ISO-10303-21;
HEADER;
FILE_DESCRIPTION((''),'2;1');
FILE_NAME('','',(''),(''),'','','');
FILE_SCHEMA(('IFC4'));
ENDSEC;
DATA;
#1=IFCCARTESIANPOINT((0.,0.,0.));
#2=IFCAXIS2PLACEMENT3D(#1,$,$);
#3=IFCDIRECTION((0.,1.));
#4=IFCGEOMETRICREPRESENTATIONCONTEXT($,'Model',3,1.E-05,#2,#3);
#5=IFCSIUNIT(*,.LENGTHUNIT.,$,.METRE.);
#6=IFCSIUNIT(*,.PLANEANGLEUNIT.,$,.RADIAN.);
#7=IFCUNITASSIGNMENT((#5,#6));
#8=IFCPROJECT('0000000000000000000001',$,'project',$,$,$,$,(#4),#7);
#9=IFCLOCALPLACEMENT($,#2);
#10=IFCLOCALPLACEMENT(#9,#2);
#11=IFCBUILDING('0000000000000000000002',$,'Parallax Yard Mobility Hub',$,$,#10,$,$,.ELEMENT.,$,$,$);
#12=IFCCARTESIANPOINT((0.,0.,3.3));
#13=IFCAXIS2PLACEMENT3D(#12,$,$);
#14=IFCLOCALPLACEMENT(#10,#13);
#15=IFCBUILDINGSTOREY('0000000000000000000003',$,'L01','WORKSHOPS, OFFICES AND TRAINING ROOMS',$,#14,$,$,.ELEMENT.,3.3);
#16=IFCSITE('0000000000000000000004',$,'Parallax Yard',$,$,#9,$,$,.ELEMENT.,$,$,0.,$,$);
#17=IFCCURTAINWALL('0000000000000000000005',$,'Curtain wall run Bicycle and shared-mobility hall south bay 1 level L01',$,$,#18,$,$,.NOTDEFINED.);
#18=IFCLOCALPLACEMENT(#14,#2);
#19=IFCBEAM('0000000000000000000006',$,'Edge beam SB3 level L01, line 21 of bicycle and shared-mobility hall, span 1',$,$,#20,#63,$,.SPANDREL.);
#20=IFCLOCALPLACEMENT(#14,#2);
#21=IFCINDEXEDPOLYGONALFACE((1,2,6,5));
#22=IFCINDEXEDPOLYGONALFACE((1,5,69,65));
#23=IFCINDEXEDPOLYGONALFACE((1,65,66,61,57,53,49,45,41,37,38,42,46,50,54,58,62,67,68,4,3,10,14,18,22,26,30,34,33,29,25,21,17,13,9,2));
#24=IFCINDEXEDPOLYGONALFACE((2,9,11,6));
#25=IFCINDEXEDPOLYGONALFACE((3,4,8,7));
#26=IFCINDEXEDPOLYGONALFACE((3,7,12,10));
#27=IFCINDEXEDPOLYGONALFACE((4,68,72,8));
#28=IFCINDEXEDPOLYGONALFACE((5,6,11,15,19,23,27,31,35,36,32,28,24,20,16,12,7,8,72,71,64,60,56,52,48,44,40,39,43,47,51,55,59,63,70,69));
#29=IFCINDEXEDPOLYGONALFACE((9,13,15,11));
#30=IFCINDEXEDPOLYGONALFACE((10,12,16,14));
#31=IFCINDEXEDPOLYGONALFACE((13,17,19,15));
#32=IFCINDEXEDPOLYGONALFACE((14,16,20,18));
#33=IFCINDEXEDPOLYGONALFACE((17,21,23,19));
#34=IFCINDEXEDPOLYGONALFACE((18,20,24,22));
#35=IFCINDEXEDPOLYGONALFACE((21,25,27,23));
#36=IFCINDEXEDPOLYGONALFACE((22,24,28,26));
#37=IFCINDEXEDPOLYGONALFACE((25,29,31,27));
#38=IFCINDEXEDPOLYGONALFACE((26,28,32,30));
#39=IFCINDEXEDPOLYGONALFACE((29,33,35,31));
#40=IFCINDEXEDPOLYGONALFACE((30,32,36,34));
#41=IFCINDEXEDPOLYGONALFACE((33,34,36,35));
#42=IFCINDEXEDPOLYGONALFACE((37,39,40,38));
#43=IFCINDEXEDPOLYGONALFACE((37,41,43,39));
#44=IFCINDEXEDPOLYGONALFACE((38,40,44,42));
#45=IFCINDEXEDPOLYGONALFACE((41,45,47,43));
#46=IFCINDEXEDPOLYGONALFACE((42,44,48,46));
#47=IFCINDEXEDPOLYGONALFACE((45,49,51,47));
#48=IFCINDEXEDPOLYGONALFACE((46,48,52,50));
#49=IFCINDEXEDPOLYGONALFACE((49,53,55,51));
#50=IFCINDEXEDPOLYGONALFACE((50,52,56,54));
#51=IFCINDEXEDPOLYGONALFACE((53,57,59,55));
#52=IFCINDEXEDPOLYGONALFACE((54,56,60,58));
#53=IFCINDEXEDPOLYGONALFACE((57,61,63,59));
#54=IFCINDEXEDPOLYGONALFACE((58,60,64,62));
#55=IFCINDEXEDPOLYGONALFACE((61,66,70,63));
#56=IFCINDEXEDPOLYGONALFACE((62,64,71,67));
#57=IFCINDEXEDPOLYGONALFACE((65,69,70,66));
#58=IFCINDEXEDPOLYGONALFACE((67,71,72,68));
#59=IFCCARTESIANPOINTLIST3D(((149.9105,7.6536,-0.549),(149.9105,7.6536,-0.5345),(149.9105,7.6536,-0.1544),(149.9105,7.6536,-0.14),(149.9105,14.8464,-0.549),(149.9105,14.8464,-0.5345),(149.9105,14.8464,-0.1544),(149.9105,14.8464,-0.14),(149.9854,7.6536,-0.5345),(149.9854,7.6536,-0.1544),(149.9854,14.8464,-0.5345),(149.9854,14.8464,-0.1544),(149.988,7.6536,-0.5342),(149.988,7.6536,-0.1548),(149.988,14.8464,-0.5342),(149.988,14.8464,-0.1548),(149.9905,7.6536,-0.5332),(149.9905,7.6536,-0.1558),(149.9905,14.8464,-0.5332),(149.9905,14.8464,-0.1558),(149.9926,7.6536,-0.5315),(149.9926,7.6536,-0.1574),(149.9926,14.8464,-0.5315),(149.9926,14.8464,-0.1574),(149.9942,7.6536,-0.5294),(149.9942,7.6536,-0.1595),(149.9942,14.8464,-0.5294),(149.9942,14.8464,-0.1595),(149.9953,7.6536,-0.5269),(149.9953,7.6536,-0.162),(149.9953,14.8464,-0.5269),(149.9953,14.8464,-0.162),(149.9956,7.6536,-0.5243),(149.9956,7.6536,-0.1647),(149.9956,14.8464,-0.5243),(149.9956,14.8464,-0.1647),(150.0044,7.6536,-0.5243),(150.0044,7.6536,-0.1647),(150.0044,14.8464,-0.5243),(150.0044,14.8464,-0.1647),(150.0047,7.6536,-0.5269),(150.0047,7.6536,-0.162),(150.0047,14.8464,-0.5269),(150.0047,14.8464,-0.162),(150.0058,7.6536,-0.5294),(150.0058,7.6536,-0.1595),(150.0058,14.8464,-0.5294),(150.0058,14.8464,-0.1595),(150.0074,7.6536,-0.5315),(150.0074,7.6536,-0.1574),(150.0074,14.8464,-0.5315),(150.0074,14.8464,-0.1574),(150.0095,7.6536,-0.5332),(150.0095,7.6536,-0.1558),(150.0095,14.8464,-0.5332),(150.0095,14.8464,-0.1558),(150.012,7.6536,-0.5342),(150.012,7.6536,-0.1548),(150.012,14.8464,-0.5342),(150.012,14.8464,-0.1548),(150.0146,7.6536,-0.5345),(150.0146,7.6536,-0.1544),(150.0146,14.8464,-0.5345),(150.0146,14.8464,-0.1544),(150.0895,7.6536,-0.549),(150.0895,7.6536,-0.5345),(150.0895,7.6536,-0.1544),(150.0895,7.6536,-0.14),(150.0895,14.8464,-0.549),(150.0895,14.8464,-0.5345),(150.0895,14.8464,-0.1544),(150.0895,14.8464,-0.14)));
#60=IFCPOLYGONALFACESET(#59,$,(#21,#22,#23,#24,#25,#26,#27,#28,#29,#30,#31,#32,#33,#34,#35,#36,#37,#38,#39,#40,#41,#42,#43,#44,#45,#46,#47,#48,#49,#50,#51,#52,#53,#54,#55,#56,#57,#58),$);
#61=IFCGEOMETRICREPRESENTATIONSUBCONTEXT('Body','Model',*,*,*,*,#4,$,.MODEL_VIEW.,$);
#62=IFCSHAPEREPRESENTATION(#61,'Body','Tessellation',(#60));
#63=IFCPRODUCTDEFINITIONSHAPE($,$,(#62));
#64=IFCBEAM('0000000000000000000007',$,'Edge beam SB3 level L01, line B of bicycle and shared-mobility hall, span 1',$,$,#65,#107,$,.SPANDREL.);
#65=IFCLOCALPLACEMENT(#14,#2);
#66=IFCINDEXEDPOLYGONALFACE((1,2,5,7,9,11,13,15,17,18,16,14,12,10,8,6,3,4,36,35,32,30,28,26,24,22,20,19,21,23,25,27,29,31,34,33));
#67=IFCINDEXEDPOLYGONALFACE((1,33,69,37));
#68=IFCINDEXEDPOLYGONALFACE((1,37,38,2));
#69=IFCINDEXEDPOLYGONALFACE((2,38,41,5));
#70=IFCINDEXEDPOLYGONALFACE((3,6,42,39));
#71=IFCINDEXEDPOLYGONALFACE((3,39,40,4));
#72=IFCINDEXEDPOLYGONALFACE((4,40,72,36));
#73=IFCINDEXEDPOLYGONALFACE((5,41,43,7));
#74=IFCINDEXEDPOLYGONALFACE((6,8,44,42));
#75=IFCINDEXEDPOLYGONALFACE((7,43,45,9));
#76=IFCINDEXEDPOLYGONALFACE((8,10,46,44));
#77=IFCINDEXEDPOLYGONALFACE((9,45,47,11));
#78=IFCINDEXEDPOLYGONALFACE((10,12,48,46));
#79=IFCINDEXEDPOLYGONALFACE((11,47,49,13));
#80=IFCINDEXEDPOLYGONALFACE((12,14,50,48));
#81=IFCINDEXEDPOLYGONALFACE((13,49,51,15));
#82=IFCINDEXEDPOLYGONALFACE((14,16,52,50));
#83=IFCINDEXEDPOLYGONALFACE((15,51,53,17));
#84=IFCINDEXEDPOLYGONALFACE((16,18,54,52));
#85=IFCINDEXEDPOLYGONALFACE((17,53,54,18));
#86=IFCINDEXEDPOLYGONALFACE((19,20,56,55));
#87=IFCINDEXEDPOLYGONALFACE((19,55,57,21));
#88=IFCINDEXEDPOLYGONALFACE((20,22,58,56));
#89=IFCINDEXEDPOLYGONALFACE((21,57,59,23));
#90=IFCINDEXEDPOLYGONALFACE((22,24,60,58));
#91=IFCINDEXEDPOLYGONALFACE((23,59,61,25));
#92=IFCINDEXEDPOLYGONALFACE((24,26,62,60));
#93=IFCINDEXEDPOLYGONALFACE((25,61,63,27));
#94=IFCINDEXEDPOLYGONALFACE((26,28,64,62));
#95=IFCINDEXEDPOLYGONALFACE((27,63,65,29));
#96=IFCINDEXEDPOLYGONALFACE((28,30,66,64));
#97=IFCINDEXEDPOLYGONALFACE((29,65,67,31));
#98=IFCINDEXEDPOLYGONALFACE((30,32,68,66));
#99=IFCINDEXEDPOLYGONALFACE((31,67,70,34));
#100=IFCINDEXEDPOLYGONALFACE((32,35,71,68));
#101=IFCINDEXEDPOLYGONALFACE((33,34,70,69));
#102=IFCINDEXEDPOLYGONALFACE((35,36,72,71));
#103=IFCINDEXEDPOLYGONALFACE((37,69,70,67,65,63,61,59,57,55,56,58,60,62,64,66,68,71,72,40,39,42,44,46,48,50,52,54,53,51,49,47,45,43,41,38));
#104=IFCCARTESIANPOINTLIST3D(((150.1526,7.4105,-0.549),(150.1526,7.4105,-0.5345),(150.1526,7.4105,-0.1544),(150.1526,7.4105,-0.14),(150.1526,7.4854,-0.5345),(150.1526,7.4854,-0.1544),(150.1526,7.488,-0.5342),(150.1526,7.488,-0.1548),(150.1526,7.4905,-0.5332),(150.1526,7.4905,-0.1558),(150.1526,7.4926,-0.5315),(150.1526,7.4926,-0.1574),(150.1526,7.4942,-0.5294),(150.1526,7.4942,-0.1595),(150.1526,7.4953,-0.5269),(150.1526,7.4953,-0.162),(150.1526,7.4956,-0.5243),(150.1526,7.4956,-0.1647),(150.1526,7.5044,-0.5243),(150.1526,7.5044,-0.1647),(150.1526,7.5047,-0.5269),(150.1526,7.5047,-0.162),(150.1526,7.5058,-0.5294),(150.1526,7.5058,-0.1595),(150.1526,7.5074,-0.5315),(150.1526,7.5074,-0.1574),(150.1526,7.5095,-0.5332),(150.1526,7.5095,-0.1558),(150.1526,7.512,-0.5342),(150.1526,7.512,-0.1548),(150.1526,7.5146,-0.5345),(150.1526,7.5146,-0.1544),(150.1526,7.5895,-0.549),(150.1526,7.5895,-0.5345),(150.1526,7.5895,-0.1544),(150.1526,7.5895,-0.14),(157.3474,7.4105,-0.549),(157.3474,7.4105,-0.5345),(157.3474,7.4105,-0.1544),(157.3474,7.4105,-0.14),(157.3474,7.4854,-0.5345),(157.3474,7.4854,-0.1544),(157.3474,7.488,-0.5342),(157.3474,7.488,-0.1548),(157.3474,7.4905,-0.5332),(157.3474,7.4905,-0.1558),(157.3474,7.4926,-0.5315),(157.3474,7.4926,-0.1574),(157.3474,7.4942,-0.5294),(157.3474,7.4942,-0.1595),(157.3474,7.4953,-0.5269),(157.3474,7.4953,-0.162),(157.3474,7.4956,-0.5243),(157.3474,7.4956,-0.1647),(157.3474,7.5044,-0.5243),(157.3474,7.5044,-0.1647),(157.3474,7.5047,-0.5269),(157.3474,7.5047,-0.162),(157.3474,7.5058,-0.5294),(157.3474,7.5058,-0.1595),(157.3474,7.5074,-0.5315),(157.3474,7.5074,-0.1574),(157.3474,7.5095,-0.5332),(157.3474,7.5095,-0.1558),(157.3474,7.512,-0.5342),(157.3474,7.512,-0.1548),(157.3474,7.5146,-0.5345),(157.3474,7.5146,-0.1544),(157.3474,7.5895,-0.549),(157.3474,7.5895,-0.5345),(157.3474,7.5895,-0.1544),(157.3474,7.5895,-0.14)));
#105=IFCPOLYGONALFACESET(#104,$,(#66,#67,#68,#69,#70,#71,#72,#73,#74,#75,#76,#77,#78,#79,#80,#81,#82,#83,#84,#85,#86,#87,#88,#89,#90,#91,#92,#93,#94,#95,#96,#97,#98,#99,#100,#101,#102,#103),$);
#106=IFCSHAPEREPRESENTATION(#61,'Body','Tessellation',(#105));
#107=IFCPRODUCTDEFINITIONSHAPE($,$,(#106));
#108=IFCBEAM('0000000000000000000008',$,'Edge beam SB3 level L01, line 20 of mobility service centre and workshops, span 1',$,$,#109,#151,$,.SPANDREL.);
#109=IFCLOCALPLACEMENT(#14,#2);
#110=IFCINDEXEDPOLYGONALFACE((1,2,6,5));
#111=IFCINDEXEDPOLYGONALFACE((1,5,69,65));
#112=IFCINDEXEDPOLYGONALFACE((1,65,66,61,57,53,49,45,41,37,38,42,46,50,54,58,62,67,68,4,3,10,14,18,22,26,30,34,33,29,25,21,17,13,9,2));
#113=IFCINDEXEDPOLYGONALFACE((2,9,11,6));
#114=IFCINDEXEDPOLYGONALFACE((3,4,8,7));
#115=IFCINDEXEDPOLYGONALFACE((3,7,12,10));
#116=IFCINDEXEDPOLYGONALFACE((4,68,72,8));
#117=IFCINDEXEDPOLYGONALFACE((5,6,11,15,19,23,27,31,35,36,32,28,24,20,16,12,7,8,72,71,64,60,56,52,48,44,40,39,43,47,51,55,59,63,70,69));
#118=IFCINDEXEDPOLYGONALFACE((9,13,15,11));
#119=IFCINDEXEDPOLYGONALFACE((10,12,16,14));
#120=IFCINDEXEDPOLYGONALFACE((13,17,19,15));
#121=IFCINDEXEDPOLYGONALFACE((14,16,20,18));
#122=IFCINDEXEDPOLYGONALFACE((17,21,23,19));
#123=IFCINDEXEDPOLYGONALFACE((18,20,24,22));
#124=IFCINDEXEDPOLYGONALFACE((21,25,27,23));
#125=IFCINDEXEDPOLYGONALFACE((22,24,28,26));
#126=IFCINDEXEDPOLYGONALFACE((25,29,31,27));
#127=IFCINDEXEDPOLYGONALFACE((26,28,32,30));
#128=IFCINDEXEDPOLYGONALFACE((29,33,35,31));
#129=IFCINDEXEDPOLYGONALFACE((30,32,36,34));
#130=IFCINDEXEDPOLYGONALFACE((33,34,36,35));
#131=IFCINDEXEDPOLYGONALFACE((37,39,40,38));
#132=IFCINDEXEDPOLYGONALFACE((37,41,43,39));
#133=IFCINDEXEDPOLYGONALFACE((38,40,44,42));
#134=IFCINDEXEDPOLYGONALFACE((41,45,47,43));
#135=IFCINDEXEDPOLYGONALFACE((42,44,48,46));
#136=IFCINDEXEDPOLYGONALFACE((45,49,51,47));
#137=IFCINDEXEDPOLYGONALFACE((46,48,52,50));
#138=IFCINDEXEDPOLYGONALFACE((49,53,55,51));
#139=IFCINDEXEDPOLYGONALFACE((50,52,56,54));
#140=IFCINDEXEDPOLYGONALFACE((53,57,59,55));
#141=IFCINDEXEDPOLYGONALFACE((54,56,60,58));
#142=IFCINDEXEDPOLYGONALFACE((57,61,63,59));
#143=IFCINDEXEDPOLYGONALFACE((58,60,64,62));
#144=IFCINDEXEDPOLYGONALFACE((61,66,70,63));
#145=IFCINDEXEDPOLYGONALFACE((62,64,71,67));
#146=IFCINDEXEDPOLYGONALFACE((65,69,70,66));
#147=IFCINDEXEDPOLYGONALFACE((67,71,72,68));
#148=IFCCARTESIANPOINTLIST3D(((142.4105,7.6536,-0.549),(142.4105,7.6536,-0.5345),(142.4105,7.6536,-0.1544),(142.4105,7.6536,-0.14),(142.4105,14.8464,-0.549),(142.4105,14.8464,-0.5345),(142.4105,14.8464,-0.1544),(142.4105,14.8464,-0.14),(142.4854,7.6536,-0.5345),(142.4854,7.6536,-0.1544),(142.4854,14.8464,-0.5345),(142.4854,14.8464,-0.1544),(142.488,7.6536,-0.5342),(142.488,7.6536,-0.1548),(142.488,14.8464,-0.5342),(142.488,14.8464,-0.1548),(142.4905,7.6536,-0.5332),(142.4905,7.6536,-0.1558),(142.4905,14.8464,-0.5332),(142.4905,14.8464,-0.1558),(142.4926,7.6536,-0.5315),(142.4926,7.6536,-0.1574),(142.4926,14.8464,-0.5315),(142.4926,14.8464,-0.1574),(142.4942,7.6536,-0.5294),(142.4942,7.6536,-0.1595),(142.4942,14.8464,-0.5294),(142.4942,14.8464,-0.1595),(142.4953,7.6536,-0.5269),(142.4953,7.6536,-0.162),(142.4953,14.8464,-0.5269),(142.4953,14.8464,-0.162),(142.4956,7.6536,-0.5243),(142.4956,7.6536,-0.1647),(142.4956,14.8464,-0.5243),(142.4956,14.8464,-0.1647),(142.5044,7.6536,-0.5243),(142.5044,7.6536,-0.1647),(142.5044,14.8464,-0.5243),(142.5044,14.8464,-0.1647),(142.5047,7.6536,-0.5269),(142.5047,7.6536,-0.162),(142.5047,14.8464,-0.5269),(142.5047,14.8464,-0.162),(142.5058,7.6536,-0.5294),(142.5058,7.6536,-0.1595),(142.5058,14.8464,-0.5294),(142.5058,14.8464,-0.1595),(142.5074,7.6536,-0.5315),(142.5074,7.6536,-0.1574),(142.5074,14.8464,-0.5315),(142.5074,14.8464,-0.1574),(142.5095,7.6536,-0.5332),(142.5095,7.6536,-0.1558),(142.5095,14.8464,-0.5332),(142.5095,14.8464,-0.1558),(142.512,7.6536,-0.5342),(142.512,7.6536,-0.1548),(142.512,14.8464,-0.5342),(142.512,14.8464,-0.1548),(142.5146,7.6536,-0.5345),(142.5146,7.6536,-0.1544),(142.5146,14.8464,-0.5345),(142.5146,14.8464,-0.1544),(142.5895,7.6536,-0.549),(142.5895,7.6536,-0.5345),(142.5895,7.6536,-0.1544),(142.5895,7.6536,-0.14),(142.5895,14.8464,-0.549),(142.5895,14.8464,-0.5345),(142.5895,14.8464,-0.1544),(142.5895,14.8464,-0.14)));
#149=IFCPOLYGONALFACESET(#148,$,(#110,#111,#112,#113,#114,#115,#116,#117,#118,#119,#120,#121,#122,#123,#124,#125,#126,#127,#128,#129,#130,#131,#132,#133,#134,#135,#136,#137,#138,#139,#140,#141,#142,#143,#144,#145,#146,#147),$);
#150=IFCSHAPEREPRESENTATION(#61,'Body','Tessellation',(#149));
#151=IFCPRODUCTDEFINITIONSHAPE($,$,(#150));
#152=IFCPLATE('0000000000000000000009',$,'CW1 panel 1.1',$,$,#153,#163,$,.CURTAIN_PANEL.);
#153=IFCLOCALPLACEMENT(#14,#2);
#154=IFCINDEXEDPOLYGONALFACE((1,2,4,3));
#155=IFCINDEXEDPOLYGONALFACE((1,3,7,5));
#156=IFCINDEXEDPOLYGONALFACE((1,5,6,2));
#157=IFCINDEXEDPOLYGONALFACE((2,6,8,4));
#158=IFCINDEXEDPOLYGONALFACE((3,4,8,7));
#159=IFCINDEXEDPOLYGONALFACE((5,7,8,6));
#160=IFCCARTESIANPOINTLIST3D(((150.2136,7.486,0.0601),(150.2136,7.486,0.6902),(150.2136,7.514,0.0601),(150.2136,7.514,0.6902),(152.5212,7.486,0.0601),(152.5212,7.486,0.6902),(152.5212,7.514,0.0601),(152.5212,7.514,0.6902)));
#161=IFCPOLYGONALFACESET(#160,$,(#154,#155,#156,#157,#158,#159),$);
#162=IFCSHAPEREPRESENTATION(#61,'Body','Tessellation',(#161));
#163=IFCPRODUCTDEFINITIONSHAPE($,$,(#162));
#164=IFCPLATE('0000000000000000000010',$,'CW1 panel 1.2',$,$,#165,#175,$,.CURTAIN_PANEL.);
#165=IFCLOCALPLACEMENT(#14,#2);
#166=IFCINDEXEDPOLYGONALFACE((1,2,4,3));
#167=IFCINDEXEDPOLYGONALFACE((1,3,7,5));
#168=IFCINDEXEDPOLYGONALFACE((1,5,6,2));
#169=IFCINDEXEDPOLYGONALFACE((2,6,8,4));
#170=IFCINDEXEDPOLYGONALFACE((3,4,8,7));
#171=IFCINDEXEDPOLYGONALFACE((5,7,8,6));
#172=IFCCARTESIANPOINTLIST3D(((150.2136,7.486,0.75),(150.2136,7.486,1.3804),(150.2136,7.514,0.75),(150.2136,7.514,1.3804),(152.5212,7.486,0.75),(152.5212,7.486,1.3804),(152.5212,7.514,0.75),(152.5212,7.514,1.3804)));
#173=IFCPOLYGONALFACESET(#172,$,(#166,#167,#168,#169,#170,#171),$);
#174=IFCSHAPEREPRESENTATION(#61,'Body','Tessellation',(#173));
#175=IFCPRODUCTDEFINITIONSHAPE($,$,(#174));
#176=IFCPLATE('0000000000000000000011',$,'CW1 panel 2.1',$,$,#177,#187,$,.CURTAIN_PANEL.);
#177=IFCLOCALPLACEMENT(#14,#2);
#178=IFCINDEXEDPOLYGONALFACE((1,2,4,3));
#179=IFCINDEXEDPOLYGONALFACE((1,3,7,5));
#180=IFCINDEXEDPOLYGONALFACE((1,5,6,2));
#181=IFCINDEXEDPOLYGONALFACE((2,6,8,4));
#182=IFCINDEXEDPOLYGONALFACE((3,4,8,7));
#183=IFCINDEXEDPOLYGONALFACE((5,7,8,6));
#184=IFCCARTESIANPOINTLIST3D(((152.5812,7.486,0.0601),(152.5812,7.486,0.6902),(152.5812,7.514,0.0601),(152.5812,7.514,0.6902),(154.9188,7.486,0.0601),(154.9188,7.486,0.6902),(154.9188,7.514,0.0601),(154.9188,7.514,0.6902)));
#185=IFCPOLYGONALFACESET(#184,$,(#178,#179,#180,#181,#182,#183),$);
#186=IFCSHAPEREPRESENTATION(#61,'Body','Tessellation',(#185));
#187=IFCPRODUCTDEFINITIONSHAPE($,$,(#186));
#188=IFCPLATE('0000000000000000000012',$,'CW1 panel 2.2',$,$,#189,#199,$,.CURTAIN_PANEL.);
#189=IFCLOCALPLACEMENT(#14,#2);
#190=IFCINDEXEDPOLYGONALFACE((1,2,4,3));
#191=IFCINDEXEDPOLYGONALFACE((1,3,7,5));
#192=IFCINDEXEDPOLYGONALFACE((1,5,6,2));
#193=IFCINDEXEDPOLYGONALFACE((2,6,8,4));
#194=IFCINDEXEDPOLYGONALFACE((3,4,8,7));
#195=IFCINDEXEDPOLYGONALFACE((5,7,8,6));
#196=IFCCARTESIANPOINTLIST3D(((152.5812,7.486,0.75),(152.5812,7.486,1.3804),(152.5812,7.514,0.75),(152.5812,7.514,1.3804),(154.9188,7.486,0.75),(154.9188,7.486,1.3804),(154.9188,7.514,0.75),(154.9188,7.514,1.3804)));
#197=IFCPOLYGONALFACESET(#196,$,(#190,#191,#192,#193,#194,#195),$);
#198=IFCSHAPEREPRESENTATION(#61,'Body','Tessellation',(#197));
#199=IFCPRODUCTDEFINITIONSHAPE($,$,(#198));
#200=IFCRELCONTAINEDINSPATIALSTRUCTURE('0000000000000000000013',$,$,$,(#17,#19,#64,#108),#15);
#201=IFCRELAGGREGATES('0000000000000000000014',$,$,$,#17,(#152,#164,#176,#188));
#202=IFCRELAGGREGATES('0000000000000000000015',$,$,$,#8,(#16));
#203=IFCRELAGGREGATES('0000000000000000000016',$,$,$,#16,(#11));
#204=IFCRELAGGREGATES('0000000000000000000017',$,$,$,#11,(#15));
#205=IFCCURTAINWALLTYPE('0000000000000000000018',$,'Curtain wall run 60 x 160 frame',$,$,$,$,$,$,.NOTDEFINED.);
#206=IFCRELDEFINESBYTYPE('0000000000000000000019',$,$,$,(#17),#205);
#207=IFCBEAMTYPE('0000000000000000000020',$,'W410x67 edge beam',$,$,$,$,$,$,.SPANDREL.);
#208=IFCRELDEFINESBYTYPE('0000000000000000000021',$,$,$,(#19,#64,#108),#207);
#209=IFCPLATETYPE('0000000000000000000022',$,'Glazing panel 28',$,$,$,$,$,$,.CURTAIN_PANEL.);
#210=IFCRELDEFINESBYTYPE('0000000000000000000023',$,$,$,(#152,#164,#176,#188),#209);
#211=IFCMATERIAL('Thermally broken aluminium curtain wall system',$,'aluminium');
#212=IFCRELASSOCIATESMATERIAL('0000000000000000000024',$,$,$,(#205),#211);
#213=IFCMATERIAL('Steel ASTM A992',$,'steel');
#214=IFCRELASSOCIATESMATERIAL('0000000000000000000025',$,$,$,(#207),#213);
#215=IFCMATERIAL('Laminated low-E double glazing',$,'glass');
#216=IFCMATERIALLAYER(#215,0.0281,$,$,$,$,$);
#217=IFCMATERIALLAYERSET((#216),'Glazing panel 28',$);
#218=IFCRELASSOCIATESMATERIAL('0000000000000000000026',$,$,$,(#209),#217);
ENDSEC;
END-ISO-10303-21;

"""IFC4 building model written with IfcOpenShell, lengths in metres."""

from ifc_helpers import new_model, si_unit, direction, frame, origin, origin_2d, place, context, subcontext, project, spatial, rectangle, i_section, extrude, material, layer, layer_set, material_profile, profile_set, type_object, element, aggregate, save


model = new_model("IFC4")

# Units and contexts
model_context = context("Model", 3, precision=1e-05, world=origin(), true_north=direction((0.0, 1.0)))
body_context = subcontext(model_context, "Body", "Model", "MODEL_VIEW")
ifc_project = project(units=[si_unit("LENGTHUNIT", "METRE"), si_unit("PLANEANGLEUNIT", "RADIAN")], contexts=[model_context])

# Site, building, storey
site_placement = place(None, origin())
site = spatial("IfcSite", under=ifc_project, at=site_placement, Name="Parallax Yard", CompositionType="ELEMENT", RefElevation=0.0)
building_placement = place(site_placement, origin())
building = spatial("IfcBuilding", under=site, at=building_placement, Name="Parallax Yard Mobility Hub", CompositionType="ELEMENT")
storey_placement = place(building_placement, frame((0.0, 0.0, 3.3)))
storey = spatial("IfcBuildingStorey", under=building, at=storey_placement, Name="L01", Description="WORKSHOPS, OFFICES AND TRAINING ROOMS", CompositionType="ELEMENT", Elevation=3.3)

# Shared definitions
ifc_material_1 = material(Name="Steel ASTM A992", Category="steel")

# Curtain wall
ifc_material_2 = material(Name="Thermally broken aluminium curtain wall system", Category="aluminium")
curtain_wall_type = type_object("IfcCurtainWallType", Name="Curtain wall run 60 x 160 frame", PredefinedType="NOTDEFINED", material=ifc_material_2)
curtain_wall_1_placement = place(storey_placement, origin())
curtain_wall_1 = element("IfcCurtainWall", 1, at=curtain_wall_1_placement, inside=storey, type_object=curtain_wall_type, Name="Curtain wall run Bicycle and shared-mobility hall south bay 1 level L01", PredefinedType="NOTDEFINED")

# Beams
ifc_material_profile_1 = material_profile(ifc_material_1, i_section(OverallWidth=0.179, OverallDepth=0.4089, WebThickness=0.0088, FlangeThickness=0.0144, FilletRadius=0.0103, at=origin_2d()), Name="W410x67")
ifc_profile_set_1 = profile_set([ifc_material_profile_1], Name="Steel ASTM A992")
beam_type_1 = type_object("IfcBeamType", Name="W410x67 edge beam", PredefinedType="SPANDREL", material=ifc_profile_set_1)
beam_1_placement = place(storey_placement, frame((150.0, 7.6536, -0.3445), z_axis=(0.0, 1.0, 0.0), x_axis=(-1.0, 0.0, 0.0)))
element("IfcBeam", 2, at=beam_1_placement, inside=storey, type_object=beam_type_1, Name="Edge beam SB3 level L01, line 21 of bicycle and shared-mobility hall, span 1", PredefinedType="SPANDREL", context=body_context, shape_type="SweptSolid", body=[
    extrude(i_section(OverallWidth=0.179, OverallDepth=0.4089, WebThickness=0.0088, FlangeThickness=0.0144, FilletRadius=0.0103, at=origin_2d()), origin(), (0.0, 0.0, 1.0), 7.1929),
])
beam_2_placement = place(storey_placement, frame((150.1526, 7.5, -0.3445), z_axis=(1.0, 0.0, 0.0), x_axis=(0.0, 1.0, 0.0)))
element("IfcBeam", 3, at=beam_2_placement, inside=storey, type_object=beam_type_1, Name="Edge beam SB3 level L01, line B of bicycle and shared-mobility hall, span 1", PredefinedType="SPANDREL", context=body_context, shape_type="SweptSolid", body=[
    extrude(i_section(OverallWidth=0.179, OverallDepth=0.4089, WebThickness=0.0088, FlangeThickness=0.0144, FilletRadius=0.0103, at=origin_2d()), origin(), (0.0, 0.0, 1.0), 7.1948),
])
beam_3_placement = place(storey_placement, frame((142.5, 7.6536, -0.3445), z_axis=(0.0, 1.0, 0.0), x_axis=(-1.0, 0.0, 0.0)))
element("IfcBeam", 4, at=beam_3_placement, inside=storey, type_object=beam_type_1, Name="Edge beam SB3 level L01, line 20 of mobility service centre and workshops, span 1", PredefinedType="SPANDREL", context=body_context, shape_type="SweptSolid", body=[
    extrude(i_section(OverallWidth=0.179, OverallDepth=0.4089, WebThickness=0.0088, FlangeThickness=0.0144, FilletRadius=0.0103, at=origin_2d()), origin(), (0.0, 0.0, 1.0), 7.1929),
])

# Plates
ifc_material_3 = material(Name="Laminated low-E double glazing", Category="glass")
ifc_layer_1 = layer(ifc_material_3, 0.0281)
ifc_layer_set_1 = layer_set([ifc_layer_1], Name="Glazing panel 28")
plate_type = type_object("IfcPlateType", Name="Glazing panel 28", PredefinedType="CURTAIN_PANEL", material=ifc_layer_set_1)
plate_1_placement = place(storey_placement, frame((151.3674, 7.5, 0.0601), z_axis=(0.0, 0.0, 1.0), x_axis=(1.0, 0.0, 0.0)))
plate_1 = element("IfcPlate", 5, at=plate_1_placement, type_object=plate_type, Name="CW1 panel 1.1", PredefinedType="CURTAIN_PANEL", context=body_context, shape_type="SweptSolid", body=[
    extrude(rectangle(XDim=2.3076, YDim=0.0281, at=origin_2d()), origin(), (0.0, 0.0, 1.0), 0.6301),
])
plate_2_placement = place(storey_placement, frame((151.3674, 7.5, 0.75), z_axis=(0.0, 0.0, 1.0), x_axis=(1.0, 0.0, 0.0)))
plate_2 = element("IfcPlate", 6, at=plate_2_placement, type_object=plate_type, Name="CW1 panel 1.2", PredefinedType="CURTAIN_PANEL", context=body_context, shape_type="SweptSolid", body=[
    extrude(rectangle(XDim=2.3076, YDim=0.0281, at=origin_2d()), origin(), (0.0, 0.0, 1.0), 0.6304),
])
plate_3_placement = place(storey_placement, frame((153.75, 7.5, 0.0601), z_axis=(0.0, 0.0, 1.0), x_axis=(1.0, 0.0, 0.0)))
plate_3 = element("IfcPlate", 7, at=plate_3_placement, type_object=plate_type, Name="CW1 panel 2.1", PredefinedType="CURTAIN_PANEL", context=body_context, shape_type="SweptSolid", body=[
    extrude(rectangle(XDim=2.3376, YDim=0.0281, at=origin_2d()), origin(), (0.0, 0.0, 1.0), 0.6301),
])
plate_4_placement = place(storey_placement, frame((153.75, 7.5, 0.75), z_axis=(0.0, 0.0, 1.0), x_axis=(1.0, 0.0, 0.0)))
plate_4 = element("IfcPlate", 8, at=plate_4_placement, type_object=plate_type, Name="CW1 panel 2.2", PredefinedType="CURTAIN_PANEL", context=body_context, shape_type="SweptSolid", body=[
    extrude(rectangle(XDim=2.3376, YDim=0.0281, at=origin_2d()), origin(), (0.0, 0.0, 1.0), 0.6304),
])
aggregate(curtain_wall_1, [plate_1, plate_2, plate_3, plate_4])

save(model, "model.ifc")
